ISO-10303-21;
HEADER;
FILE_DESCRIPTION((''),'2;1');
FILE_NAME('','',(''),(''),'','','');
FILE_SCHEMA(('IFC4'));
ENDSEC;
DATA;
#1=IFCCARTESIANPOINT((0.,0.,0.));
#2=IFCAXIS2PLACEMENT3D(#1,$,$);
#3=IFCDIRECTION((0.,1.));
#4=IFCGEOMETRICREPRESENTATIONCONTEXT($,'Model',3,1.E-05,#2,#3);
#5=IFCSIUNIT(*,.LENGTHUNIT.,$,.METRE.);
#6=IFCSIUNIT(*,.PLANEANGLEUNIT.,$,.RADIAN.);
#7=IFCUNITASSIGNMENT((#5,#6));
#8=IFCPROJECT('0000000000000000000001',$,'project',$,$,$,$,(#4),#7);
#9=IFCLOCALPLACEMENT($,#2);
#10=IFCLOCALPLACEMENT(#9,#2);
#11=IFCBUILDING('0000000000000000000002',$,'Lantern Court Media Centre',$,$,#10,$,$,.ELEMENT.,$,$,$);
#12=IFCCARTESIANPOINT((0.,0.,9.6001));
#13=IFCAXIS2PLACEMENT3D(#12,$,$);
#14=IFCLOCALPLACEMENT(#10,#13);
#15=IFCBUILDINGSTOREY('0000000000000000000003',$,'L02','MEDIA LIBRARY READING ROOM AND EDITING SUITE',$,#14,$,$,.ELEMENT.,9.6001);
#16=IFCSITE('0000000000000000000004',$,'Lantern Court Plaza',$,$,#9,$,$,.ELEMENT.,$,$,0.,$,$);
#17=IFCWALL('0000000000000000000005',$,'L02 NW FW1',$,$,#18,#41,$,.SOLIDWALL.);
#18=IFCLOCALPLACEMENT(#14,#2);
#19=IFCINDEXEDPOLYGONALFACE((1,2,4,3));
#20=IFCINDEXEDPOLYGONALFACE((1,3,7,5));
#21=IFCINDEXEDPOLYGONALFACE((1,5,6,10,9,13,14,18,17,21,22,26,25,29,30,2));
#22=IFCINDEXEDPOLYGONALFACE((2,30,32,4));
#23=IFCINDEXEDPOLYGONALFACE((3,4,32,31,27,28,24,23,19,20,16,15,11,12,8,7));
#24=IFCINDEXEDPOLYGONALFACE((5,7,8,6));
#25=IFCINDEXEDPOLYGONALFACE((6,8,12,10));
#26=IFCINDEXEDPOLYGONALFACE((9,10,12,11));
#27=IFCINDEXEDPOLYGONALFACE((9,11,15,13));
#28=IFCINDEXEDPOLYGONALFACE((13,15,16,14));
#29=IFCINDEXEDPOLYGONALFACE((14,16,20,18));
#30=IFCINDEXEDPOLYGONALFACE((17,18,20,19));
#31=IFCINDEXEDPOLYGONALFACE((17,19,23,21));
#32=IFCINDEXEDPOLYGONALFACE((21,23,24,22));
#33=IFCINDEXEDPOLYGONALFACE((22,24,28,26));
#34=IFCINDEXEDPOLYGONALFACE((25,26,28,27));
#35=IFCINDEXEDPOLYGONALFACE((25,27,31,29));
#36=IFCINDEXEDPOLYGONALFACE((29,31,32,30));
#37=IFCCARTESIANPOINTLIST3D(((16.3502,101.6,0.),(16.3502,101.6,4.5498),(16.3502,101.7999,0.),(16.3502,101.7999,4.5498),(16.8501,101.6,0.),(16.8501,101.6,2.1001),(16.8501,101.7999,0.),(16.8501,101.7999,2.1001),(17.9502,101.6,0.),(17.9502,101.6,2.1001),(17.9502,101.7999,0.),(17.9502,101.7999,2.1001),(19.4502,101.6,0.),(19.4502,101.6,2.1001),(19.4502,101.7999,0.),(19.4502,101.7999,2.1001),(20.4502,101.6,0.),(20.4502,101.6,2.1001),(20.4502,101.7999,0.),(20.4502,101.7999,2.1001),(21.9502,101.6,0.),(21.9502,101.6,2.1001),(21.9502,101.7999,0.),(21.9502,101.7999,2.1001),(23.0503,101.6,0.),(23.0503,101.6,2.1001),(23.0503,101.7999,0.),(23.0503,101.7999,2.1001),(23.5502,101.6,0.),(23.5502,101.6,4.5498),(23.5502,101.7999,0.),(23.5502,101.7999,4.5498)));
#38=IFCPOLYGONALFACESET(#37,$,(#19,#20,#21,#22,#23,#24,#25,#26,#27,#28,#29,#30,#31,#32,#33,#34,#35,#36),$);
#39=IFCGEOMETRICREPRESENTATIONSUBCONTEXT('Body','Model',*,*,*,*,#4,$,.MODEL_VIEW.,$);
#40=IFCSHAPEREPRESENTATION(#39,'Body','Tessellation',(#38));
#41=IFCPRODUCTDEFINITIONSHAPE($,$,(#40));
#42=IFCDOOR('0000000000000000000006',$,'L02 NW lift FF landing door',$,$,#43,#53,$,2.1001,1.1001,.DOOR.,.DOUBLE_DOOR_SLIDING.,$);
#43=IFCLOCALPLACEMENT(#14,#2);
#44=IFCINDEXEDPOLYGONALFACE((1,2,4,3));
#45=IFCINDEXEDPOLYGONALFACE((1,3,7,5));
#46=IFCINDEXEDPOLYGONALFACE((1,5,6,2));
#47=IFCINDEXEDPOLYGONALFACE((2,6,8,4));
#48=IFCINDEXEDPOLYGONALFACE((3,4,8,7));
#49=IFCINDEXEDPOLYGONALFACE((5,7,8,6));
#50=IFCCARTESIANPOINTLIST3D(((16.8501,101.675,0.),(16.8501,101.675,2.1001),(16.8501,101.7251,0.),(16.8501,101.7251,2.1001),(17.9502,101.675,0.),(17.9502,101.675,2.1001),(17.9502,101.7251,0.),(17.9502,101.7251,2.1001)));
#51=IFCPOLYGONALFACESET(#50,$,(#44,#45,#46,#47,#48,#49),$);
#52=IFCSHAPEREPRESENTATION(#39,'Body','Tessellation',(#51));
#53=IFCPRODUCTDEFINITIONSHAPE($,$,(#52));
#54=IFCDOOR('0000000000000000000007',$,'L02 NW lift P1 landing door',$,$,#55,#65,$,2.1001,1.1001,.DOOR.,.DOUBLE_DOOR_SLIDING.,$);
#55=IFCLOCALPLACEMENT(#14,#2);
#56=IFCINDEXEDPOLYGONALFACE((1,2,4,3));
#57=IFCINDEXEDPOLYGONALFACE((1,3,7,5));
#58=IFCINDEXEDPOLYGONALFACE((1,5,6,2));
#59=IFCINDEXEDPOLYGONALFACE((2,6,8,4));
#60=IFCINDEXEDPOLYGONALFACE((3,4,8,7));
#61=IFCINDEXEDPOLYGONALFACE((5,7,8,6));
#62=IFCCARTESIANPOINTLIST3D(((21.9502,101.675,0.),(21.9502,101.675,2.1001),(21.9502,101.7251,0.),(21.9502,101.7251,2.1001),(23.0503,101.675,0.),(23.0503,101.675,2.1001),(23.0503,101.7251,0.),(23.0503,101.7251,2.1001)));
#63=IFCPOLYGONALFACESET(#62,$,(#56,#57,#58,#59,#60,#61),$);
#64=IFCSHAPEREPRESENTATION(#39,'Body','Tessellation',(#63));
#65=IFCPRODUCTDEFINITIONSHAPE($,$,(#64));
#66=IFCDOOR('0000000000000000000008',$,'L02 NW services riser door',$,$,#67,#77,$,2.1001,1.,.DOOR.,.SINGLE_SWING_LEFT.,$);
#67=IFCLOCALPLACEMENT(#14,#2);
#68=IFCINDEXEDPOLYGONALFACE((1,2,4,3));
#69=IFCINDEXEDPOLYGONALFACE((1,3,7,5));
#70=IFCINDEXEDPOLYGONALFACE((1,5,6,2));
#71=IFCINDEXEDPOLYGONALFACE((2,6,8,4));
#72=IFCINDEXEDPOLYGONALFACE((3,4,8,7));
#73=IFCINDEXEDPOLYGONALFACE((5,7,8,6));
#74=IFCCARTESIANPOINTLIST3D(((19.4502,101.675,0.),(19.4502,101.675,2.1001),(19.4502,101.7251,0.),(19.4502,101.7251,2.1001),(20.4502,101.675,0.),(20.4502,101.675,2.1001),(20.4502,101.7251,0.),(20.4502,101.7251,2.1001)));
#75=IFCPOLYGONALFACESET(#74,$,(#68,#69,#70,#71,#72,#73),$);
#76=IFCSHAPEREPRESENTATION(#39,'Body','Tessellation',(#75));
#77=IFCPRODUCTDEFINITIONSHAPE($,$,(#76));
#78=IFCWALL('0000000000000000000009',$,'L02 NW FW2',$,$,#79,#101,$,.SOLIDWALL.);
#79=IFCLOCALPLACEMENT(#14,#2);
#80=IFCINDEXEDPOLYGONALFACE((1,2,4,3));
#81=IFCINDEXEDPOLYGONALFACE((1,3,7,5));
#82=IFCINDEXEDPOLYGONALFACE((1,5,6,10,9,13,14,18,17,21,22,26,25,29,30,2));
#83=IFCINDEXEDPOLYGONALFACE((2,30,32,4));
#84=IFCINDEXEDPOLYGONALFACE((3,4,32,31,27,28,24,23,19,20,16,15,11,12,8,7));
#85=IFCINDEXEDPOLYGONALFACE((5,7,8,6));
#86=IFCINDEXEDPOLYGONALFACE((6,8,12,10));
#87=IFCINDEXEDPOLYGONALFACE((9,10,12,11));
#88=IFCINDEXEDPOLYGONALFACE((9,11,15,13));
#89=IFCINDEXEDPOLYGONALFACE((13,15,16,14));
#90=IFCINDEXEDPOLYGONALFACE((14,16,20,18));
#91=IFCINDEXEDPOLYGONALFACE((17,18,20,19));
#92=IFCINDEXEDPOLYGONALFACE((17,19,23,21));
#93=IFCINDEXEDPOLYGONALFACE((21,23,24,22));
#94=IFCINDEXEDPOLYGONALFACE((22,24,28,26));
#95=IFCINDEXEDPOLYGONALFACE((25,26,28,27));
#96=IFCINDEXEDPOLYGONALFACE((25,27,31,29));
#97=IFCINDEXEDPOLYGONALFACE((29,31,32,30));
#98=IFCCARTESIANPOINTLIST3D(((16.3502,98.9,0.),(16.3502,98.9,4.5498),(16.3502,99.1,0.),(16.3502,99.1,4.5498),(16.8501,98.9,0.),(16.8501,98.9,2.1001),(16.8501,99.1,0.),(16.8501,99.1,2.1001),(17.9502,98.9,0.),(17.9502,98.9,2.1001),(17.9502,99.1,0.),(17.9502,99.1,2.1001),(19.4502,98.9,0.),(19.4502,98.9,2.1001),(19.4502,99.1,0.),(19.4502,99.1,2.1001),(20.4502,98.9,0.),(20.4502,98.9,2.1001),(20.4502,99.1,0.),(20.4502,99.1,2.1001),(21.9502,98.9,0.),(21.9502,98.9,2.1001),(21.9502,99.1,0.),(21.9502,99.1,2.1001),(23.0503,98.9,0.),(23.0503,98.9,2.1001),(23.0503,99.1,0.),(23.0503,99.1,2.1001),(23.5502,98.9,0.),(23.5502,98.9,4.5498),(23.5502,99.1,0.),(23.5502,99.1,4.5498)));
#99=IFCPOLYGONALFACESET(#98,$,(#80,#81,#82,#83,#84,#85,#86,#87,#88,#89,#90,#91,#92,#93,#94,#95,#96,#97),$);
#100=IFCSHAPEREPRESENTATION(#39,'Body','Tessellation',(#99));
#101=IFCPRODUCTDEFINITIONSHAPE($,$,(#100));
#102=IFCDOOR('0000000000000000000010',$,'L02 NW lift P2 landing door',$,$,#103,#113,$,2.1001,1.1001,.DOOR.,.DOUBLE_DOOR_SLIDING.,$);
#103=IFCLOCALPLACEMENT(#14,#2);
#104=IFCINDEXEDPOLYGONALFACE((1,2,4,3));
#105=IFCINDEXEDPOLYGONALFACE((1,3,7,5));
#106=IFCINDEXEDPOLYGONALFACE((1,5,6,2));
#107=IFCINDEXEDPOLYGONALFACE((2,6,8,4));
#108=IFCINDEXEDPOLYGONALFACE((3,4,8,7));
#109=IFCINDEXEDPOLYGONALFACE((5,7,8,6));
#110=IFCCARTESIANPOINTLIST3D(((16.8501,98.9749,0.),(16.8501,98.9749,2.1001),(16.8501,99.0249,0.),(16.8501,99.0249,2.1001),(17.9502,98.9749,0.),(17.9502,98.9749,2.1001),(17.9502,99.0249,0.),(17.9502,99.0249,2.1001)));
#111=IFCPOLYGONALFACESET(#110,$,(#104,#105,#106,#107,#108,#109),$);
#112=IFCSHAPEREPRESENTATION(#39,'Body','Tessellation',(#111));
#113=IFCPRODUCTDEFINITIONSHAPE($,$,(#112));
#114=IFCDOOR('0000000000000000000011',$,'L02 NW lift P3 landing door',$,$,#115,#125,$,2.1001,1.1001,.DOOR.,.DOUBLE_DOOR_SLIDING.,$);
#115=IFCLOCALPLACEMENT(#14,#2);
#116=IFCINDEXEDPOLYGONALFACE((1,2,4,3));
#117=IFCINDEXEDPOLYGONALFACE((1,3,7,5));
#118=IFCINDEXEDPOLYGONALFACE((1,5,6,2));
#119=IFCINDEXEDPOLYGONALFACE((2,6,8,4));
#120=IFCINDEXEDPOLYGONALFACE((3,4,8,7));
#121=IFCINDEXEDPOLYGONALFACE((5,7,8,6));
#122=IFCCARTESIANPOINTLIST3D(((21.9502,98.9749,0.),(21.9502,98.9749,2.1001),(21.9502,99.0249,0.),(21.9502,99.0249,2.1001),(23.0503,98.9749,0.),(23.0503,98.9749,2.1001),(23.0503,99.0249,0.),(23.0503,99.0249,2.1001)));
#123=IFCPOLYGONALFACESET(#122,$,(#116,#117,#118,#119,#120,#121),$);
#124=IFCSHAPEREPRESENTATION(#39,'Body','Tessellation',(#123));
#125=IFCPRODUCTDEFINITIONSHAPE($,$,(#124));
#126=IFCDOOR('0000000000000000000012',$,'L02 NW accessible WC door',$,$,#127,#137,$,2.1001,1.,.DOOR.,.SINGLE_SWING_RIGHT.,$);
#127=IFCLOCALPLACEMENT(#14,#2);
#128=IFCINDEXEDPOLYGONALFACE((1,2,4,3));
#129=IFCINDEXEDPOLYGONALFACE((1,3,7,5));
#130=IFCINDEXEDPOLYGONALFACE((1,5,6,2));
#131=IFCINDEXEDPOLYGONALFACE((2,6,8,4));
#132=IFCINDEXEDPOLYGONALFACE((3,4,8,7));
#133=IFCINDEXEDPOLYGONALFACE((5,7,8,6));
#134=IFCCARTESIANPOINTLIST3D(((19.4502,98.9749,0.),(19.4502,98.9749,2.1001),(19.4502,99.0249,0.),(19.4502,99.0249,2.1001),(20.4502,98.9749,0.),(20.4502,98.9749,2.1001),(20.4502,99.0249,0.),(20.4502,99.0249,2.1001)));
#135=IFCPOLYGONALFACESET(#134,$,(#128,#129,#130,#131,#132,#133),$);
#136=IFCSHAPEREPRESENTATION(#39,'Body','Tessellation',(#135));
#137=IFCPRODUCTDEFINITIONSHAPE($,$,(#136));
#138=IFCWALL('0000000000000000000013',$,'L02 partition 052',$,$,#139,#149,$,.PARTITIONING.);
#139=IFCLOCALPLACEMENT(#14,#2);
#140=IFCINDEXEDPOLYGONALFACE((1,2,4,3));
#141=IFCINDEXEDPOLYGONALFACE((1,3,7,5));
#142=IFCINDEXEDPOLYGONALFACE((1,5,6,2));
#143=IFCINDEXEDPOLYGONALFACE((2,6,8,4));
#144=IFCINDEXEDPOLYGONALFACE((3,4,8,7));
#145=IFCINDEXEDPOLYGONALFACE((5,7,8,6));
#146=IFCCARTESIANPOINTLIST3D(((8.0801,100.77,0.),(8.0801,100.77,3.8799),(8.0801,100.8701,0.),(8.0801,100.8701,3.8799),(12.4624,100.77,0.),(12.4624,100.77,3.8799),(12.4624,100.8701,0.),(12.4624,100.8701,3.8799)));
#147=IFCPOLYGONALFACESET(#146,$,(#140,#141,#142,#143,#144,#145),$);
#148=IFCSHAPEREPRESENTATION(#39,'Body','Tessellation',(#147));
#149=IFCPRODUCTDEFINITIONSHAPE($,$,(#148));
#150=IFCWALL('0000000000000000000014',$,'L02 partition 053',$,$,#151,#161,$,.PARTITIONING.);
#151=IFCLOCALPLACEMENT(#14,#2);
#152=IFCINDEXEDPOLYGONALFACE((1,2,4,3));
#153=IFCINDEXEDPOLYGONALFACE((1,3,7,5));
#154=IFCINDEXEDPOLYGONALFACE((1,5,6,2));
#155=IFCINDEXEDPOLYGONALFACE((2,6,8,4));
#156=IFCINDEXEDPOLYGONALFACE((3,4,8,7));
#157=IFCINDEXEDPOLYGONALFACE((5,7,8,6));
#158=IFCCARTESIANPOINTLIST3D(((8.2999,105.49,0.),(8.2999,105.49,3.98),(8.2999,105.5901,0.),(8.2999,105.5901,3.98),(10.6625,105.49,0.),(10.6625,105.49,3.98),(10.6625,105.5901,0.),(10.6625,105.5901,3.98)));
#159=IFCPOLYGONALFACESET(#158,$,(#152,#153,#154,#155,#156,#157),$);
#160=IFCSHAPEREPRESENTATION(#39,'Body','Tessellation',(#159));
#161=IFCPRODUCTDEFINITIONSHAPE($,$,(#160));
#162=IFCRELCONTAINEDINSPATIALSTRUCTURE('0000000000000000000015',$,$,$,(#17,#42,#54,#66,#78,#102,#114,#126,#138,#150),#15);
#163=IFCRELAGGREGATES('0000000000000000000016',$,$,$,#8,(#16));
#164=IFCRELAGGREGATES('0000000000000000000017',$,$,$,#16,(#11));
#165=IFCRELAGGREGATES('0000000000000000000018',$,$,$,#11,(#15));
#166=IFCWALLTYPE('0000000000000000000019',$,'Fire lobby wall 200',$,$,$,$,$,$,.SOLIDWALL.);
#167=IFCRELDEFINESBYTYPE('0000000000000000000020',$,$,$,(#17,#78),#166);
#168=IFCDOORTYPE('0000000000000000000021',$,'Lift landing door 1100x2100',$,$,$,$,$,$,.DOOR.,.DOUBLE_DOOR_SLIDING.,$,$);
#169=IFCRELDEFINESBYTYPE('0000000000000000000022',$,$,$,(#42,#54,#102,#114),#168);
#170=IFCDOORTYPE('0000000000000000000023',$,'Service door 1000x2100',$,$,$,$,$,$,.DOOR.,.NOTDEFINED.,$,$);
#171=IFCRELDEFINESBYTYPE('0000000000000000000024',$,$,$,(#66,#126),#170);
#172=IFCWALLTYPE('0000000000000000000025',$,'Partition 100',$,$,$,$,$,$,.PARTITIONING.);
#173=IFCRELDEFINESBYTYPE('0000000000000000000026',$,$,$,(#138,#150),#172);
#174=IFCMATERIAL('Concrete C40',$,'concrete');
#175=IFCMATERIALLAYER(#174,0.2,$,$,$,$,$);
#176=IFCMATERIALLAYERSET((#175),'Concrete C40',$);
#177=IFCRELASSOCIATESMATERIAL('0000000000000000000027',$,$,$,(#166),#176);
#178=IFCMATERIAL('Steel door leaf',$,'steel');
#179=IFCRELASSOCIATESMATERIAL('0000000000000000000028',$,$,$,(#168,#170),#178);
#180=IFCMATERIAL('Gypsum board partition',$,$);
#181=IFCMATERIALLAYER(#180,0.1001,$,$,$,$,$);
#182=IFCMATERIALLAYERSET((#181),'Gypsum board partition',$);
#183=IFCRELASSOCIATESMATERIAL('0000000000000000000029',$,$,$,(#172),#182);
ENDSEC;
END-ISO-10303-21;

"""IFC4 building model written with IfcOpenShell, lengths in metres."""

from ifc_helpers import new_model, si_unit, direction, frame, frame_2d, origin, place, context, subcontext, project, spatial, rectangle, extrude, material, layer, layer_set, type_object, element, fill, save


model = new_model("IFC4")

# Units and contexts
model_context = context("Model", 3, precision=1e-05, world=origin(), true_north=direction((0.0, 1.0)))
body_context = subcontext(model_context, "Body", "Model", "MODEL_VIEW")
ifc_project = project(units=[si_unit("LENGTHUNIT", "METRE"), si_unit("PLANEANGLEUNIT", "RADIAN")], contexts=[model_context])

# Site, building, storey
site_placement = place(None, origin())
site = spatial("IfcSite", under=ifc_project, at=site_placement, Name="Lantern Court Plaza", CompositionType="ELEMENT", RefElevation=0.0)
building_placement = place(site_placement, origin())
building = spatial("IfcBuilding", under=site, at=building_placement, Name="Lantern Court Media Centre", CompositionType="ELEMENT")
storey_placement = place(building_placement, frame((0.0, 0.0, 9.6001)))
storey = spatial("IfcBuildingStorey", under=building, at=storey_placement, Name="L02", Description="MEDIA LIBRARY READING ROOM AND EDITING SUITE", CompositionType="ELEMENT", Elevation=9.6001)

# Shared definitions
ifc_material_1 = material(Name="Gypsum board partition")

# Walls, openings, doors
ifc_material_2 = material(Name="Concrete C40", Category="concrete")
ifc_layer_1 = layer(ifc_material_2, 0.2)
ifc_layer_set_1 = layer_set([ifc_layer_1], Name="Concrete C40")
wall_type_1 = type_object("IfcWallType", Name="Fire lobby wall 200", PredefinedType="SOLIDWALL", material=ifc_layer_set_1)
wall_1_placement = place(storey_placement, frame((16.3501, 101.7, 0.0), z_axis=(0.0, 0.0, 1.0), x_axis=(1.0, 0.0, 0.0)))
wall_1 = element("IfcWall", 1, at=wall_1_placement, inside=storey, type_object=wall_type_1, Name="L02 NW FW1", PredefinedType="SOLIDWALL", context=body_context, shape_type="SweptSolid", body=[
    extrude(rectangle(XDim=7.2, YDim=0.2, at=frame_2d((3.6001, 0.0))), origin(), (0.0, 0.0, 1.0), 4.5498),
])
opening_1_placement = place(wall_1_placement, frame((0.5, 0.0, 0.0)))
opening_1 = element("IfcOpeningElement", 2, at=opening_1_placement, cuts=wall_1, PredefinedType="OPENING", context=body_context, shape_type="SweptSolid", body=[
    extrude(rectangle(XDim=1.1001, YDim=2.1001, at=frame_2d((0.55, 1.05))), frame((0.0, 0.1099, 0.0), z_axis=(0.0, -1.0, 0.0), x_axis=(1.0, 0.0, 0.0)), (0.0, 0.0, 1.0), 0.22),
])
opening_2_placement = place(wall_1_placement, frame((5.6001, 0.0, 0.0)))
opening_2 = element("IfcOpeningElement", 3, at=opening_2_placement, cuts=wall_1, PredefinedType="OPENING", context=body_context, shape_type="SweptSolid", body=[
    extrude(rectangle(XDim=1.1001, YDim=2.1001, at=frame_2d((0.55, 1.05))), frame((0.0, 0.1099, 0.0), z_axis=(0.0, -1.0, 0.0), x_axis=(1.0, 0.0, 0.0)), (0.0, 0.0, 1.0), 0.22),
])
opening_3_placement = place(wall_1_placement, frame((3.1001, 0.0, 0.0)))
opening_3 = element("IfcOpeningElement", 4, at=opening_3_placement, cuts=wall_1, PredefinedType="OPENING", context=body_context, shape_type="SweptSolid", body=[
    extrude(rectangle(XDim=1.0, YDim=2.1001, at=frame_2d((0.5, 1.05))), frame((0.0, 0.1099, 0.0), z_axis=(0.0, -1.0, 0.0), x_axis=(1.0, 0.0, 0.0)), (0.0, 0.0, 1.0), 0.22),
])
ifc_material_3 = material(Name="Steel door leaf", Category="steel")
door_type_1 = type_object("IfcDoorType", Name="Lift landing door 1100x2100", OperationType="DOUBLE_DOOR_SLIDING", PredefinedType="DOOR", material=ifc_material_3)
door_1_placement = place(opening_1_placement, frame((1.1001, 0.0, 0.0), z_axis=(0.0, 0.0, 1.0), x_axis=(-1.0, 0.0, 0.0)))
door_1 = element("IfcDoor", 5, at=door_1_placement, inside=storey, type_object=door_type_1, Name="L02 NW lift FF landing door", OperationType="DOUBLE_DOOR_SLIDING", OverallHeight=2.1001, OverallWidth=1.1001, PredefinedType="DOOR", context=body_context, shape_type="SweptSolid", body=[
    extrude(rectangle(XDim=1.1001, YDim=2.1001, at=frame_2d((0.55, 1.05))), frame((0.0, 0.0249, 0.0), z_axis=(0.0, -1.0, 0.0), x_axis=(1.0, 0.0, 0.0)), (0.0, 0.0, 1.0), 0.05),
])
fill(opening_1, door_1)
door_2_placement = place(opening_2_placement, frame((1.1001, 0.0, 0.0), z_axis=(0.0, 0.0, 1.0), x_axis=(-1.0, 0.0, 0.0)))
door_2 = element("IfcDoor", 6, at=door_2_placement, inside=storey, type_object=door_type_1, Name="L02 NW lift P1 landing door", OperationType="DOUBLE_DOOR_SLIDING", OverallHeight=2.1001, OverallWidth=1.1001, PredefinedType="DOOR", context=body_context, shape_type="SweptSolid", body=[
    extrude(rectangle(XDim=1.1001, YDim=2.1001, at=frame_2d((0.55, 1.05))), frame((0.0, 0.0249, 0.0), z_axis=(0.0, -1.0, 0.0), x_axis=(1.0, 0.0, 0.0)), (0.0, 0.0, 1.0), 0.05),
])
fill(opening_2, door_2)
door_type_2 = type_object("IfcDoorType", Name="Service door 1000x2100", OperationType="NOTDEFINED", PredefinedType="DOOR", material=ifc_material_3)
door_3_placement = place(opening_3_placement, frame((1.0, 0.0, 0.0), z_axis=(0.0, 0.0, 1.0), x_axis=(-1.0, 0.0, 0.0)))
door_3 = element("IfcDoor", 7, at=door_3_placement, inside=storey, type_object=door_type_2, Name="L02 NW services riser door", OperationType="SINGLE_SWING_LEFT", OverallHeight=2.1001, OverallWidth=1.0, PredefinedType="DOOR", context=body_context, shape_type="SweptSolid", body=[
    extrude(rectangle(XDim=1.0, YDim=2.1001, at=frame_2d((0.5, 1.05))), frame((0.0, 0.0249, 0.0), z_axis=(0.0, -1.0, 0.0), x_axis=(1.0, 0.0, 0.0)), (0.0, 0.0, 1.0), 0.05),
])
fill(opening_3, door_3)
wall_2_placement = place(storey_placement, frame((16.3501, 99.0, 0.0), z_axis=(0.0, 0.0, 1.0), x_axis=(1.0, 0.0, 0.0)))
wall_2 = element("IfcWall", 8, at=wall_2_placement, inside=storey, type_object=wall_type_1, Name="L02 NW FW2", PredefinedType="SOLIDWALL", context=body_context, shape_type="SweptSolid", body=[
    extrude(rectangle(XDim=7.2, YDim=0.2, at=frame_2d((3.6001, 0.0))), origin(), (0.0, 0.0, 1.0), 4.5498),
])
opening_4_placement = place(wall_2_placement, frame((0.5, 0.0, 0.0)))
opening_4 = element("IfcOpeningElement", 9, at=opening_4_placement, cuts=wall_2, PredefinedType="OPENING", context=body_context, shape_type="SweptSolid", body=[
    extrude(rectangle(XDim=1.1001, YDim=2.1001, at=frame_2d((0.55, 1.05))), frame((0.0, 0.1099, 0.0), z_axis=(0.0, -1.0, 0.0), x_axis=(1.0, 0.0, 0.0)), (0.0, 0.0, 1.0), 0.22),
])
opening_5_placement = place(wall_2_placement, frame((5.6001, 0.0, 0.0)))
opening_5 = element("IfcOpeningElement", 10, at=opening_5_placement, cuts=wall_2, PredefinedType="OPENING", context=body_context, shape_type="SweptSolid", body=[
    extrude(rectangle(XDim=1.1001, YDim=2.1001, at=frame_2d((0.55, 1.05))), frame((0.0, 0.1099, 0.0), z_axis=(0.0, -1.0, 0.0), x_axis=(1.0, 0.0, 0.0)), (0.0, 0.0, 1.0), 0.22),
])
opening_6_placement = place(wall_2_placement, frame((3.1001, 0.0, 0.0)))
opening_6 = element("IfcOpeningElement", 11, at=opening_6_placement, cuts=wall_2, PredefinedType="OPENING", context=body_context, shape_type="SweptSolid", body=[
    extrude(rectangle(XDim=1.0, YDim=2.1001, at=frame_2d((0.5, 1.05))), frame((0.0, 0.1099, 0.0), z_axis=(0.0, -1.0, 0.0), x_axis=(1.0, 0.0, 0.0)), (0.0, 0.0, 1.0), 0.22),
])
door_4_placement = place(opening_4_placement, origin())
door_4 = element("IfcDoor", 12, at=door_4_placement, inside=storey, type_object=door_type_1, Name="L02 NW lift P2 landing door", OperationType="DOUBLE_DOOR_SLIDING", OverallHeight=2.1001, OverallWidth=1.1001, PredefinedType="DOOR", context=body_context, shape_type="SweptSolid", body=[
    extrude(rectangle(XDim=1.1001, YDim=2.1001, at=frame_2d((0.55, 1.05))), frame((0.0, 0.0249, 0.0), z_axis=(0.0, -1.0, 0.0), x_axis=(1.0, 0.0, 0.0)), (0.0, 0.0, 1.0), 0.05),
])
fill(opening_4, door_4)
door_5_placement = place(opening_5_placement, origin())
door_5 = element("IfcDoor", 13, at=door_5_placement, inside=storey, type_object=door_type_1, Name="L02 NW lift P3 landing door", OperationType="DOUBLE_DOOR_SLIDING", OverallHeight=2.1001, OverallWidth=1.1001, PredefinedType="DOOR", context=body_context, shape_type="SweptSolid", body=[
    extrude(rectangle(XDim=1.1001, YDim=2.1001, at=frame_2d((0.55, 1.05))), frame((0.0, 0.0249, 0.0), z_axis=(0.0, -1.0, 0.0), x_axis=(1.0, 0.0, 0.0)), (0.0, 0.0, 1.0), 0.05),
])
fill(opening_5, door_5)
door_6_placement = place(opening_6_placement, origin())
door_6 = element("IfcDoor", 14, at=door_6_placement, inside=storey, type_object=door_type_2, Name="L02 NW accessible WC door", OperationType="SINGLE_SWING_RIGHT", OverallHeight=2.1001, OverallWidth=1.0, PredefinedType="DOOR", context=body_context, shape_type="SweptSolid", body=[
    extrude(rectangle(XDim=1.0, YDim=2.1001, at=frame_2d((0.5, 1.05))), frame((0.0, 0.0249, 0.0), z_axis=(0.0, -1.0, 0.0), x_axis=(1.0, 0.0, 0.0)), (0.0, 0.0, 1.0), 0.05),
])
fill(opening_6, door_6)

# Walls
ifc_layer_2 = layer(ifc_material_1, 0.1001)
ifc_layer_set_2 = layer_set([ifc_layer_2], Name="Gypsum board partition")
wall_type_2 = type_object("IfcWallType", Name="Partition 100", PredefinedType="PARTITIONING", material=ifc_layer_set_2)
wall_3_placement = place(storey_placement, frame((8.0801, 100.8201, 0.0), z_axis=(0.0, 0.0, 1.0), x_axis=(1.0, 0.0, 0.0)))
element("IfcWall", 15, at=wall_3_placement, inside=storey, type_object=wall_type_2, Name="L02 partition 052", PredefinedType="PARTITIONING", context=body_context, shape_type="SweptSolid", body=[
    extrude(rectangle(XDim=4.3823, YDim=0.1001, at=frame_2d((2.1912, 0.0))), origin(), (0.0, 0.0, 1.0), 3.8799),
])
wall_4_placement = place(storey_placement, frame((8.3, 105.54, 0.0), z_axis=(0.0, 0.0, 1.0), x_axis=(1.0, 0.0, 0.0)))
element("IfcWall", 16, at=wall_4_placement, inside=storey, type_object=wall_type_2, Name="L02 partition 053", PredefinedType="PARTITIONING", context=body_context, shape_type="SweptSolid", body=[
    extrude(rectangle(XDim=2.3625, YDim=0.1001, at=frame_2d((1.1812, 0.0))), origin(), (0.0, 0.0, 1.0), 3.98),
])

save(model, "model.ifc")
